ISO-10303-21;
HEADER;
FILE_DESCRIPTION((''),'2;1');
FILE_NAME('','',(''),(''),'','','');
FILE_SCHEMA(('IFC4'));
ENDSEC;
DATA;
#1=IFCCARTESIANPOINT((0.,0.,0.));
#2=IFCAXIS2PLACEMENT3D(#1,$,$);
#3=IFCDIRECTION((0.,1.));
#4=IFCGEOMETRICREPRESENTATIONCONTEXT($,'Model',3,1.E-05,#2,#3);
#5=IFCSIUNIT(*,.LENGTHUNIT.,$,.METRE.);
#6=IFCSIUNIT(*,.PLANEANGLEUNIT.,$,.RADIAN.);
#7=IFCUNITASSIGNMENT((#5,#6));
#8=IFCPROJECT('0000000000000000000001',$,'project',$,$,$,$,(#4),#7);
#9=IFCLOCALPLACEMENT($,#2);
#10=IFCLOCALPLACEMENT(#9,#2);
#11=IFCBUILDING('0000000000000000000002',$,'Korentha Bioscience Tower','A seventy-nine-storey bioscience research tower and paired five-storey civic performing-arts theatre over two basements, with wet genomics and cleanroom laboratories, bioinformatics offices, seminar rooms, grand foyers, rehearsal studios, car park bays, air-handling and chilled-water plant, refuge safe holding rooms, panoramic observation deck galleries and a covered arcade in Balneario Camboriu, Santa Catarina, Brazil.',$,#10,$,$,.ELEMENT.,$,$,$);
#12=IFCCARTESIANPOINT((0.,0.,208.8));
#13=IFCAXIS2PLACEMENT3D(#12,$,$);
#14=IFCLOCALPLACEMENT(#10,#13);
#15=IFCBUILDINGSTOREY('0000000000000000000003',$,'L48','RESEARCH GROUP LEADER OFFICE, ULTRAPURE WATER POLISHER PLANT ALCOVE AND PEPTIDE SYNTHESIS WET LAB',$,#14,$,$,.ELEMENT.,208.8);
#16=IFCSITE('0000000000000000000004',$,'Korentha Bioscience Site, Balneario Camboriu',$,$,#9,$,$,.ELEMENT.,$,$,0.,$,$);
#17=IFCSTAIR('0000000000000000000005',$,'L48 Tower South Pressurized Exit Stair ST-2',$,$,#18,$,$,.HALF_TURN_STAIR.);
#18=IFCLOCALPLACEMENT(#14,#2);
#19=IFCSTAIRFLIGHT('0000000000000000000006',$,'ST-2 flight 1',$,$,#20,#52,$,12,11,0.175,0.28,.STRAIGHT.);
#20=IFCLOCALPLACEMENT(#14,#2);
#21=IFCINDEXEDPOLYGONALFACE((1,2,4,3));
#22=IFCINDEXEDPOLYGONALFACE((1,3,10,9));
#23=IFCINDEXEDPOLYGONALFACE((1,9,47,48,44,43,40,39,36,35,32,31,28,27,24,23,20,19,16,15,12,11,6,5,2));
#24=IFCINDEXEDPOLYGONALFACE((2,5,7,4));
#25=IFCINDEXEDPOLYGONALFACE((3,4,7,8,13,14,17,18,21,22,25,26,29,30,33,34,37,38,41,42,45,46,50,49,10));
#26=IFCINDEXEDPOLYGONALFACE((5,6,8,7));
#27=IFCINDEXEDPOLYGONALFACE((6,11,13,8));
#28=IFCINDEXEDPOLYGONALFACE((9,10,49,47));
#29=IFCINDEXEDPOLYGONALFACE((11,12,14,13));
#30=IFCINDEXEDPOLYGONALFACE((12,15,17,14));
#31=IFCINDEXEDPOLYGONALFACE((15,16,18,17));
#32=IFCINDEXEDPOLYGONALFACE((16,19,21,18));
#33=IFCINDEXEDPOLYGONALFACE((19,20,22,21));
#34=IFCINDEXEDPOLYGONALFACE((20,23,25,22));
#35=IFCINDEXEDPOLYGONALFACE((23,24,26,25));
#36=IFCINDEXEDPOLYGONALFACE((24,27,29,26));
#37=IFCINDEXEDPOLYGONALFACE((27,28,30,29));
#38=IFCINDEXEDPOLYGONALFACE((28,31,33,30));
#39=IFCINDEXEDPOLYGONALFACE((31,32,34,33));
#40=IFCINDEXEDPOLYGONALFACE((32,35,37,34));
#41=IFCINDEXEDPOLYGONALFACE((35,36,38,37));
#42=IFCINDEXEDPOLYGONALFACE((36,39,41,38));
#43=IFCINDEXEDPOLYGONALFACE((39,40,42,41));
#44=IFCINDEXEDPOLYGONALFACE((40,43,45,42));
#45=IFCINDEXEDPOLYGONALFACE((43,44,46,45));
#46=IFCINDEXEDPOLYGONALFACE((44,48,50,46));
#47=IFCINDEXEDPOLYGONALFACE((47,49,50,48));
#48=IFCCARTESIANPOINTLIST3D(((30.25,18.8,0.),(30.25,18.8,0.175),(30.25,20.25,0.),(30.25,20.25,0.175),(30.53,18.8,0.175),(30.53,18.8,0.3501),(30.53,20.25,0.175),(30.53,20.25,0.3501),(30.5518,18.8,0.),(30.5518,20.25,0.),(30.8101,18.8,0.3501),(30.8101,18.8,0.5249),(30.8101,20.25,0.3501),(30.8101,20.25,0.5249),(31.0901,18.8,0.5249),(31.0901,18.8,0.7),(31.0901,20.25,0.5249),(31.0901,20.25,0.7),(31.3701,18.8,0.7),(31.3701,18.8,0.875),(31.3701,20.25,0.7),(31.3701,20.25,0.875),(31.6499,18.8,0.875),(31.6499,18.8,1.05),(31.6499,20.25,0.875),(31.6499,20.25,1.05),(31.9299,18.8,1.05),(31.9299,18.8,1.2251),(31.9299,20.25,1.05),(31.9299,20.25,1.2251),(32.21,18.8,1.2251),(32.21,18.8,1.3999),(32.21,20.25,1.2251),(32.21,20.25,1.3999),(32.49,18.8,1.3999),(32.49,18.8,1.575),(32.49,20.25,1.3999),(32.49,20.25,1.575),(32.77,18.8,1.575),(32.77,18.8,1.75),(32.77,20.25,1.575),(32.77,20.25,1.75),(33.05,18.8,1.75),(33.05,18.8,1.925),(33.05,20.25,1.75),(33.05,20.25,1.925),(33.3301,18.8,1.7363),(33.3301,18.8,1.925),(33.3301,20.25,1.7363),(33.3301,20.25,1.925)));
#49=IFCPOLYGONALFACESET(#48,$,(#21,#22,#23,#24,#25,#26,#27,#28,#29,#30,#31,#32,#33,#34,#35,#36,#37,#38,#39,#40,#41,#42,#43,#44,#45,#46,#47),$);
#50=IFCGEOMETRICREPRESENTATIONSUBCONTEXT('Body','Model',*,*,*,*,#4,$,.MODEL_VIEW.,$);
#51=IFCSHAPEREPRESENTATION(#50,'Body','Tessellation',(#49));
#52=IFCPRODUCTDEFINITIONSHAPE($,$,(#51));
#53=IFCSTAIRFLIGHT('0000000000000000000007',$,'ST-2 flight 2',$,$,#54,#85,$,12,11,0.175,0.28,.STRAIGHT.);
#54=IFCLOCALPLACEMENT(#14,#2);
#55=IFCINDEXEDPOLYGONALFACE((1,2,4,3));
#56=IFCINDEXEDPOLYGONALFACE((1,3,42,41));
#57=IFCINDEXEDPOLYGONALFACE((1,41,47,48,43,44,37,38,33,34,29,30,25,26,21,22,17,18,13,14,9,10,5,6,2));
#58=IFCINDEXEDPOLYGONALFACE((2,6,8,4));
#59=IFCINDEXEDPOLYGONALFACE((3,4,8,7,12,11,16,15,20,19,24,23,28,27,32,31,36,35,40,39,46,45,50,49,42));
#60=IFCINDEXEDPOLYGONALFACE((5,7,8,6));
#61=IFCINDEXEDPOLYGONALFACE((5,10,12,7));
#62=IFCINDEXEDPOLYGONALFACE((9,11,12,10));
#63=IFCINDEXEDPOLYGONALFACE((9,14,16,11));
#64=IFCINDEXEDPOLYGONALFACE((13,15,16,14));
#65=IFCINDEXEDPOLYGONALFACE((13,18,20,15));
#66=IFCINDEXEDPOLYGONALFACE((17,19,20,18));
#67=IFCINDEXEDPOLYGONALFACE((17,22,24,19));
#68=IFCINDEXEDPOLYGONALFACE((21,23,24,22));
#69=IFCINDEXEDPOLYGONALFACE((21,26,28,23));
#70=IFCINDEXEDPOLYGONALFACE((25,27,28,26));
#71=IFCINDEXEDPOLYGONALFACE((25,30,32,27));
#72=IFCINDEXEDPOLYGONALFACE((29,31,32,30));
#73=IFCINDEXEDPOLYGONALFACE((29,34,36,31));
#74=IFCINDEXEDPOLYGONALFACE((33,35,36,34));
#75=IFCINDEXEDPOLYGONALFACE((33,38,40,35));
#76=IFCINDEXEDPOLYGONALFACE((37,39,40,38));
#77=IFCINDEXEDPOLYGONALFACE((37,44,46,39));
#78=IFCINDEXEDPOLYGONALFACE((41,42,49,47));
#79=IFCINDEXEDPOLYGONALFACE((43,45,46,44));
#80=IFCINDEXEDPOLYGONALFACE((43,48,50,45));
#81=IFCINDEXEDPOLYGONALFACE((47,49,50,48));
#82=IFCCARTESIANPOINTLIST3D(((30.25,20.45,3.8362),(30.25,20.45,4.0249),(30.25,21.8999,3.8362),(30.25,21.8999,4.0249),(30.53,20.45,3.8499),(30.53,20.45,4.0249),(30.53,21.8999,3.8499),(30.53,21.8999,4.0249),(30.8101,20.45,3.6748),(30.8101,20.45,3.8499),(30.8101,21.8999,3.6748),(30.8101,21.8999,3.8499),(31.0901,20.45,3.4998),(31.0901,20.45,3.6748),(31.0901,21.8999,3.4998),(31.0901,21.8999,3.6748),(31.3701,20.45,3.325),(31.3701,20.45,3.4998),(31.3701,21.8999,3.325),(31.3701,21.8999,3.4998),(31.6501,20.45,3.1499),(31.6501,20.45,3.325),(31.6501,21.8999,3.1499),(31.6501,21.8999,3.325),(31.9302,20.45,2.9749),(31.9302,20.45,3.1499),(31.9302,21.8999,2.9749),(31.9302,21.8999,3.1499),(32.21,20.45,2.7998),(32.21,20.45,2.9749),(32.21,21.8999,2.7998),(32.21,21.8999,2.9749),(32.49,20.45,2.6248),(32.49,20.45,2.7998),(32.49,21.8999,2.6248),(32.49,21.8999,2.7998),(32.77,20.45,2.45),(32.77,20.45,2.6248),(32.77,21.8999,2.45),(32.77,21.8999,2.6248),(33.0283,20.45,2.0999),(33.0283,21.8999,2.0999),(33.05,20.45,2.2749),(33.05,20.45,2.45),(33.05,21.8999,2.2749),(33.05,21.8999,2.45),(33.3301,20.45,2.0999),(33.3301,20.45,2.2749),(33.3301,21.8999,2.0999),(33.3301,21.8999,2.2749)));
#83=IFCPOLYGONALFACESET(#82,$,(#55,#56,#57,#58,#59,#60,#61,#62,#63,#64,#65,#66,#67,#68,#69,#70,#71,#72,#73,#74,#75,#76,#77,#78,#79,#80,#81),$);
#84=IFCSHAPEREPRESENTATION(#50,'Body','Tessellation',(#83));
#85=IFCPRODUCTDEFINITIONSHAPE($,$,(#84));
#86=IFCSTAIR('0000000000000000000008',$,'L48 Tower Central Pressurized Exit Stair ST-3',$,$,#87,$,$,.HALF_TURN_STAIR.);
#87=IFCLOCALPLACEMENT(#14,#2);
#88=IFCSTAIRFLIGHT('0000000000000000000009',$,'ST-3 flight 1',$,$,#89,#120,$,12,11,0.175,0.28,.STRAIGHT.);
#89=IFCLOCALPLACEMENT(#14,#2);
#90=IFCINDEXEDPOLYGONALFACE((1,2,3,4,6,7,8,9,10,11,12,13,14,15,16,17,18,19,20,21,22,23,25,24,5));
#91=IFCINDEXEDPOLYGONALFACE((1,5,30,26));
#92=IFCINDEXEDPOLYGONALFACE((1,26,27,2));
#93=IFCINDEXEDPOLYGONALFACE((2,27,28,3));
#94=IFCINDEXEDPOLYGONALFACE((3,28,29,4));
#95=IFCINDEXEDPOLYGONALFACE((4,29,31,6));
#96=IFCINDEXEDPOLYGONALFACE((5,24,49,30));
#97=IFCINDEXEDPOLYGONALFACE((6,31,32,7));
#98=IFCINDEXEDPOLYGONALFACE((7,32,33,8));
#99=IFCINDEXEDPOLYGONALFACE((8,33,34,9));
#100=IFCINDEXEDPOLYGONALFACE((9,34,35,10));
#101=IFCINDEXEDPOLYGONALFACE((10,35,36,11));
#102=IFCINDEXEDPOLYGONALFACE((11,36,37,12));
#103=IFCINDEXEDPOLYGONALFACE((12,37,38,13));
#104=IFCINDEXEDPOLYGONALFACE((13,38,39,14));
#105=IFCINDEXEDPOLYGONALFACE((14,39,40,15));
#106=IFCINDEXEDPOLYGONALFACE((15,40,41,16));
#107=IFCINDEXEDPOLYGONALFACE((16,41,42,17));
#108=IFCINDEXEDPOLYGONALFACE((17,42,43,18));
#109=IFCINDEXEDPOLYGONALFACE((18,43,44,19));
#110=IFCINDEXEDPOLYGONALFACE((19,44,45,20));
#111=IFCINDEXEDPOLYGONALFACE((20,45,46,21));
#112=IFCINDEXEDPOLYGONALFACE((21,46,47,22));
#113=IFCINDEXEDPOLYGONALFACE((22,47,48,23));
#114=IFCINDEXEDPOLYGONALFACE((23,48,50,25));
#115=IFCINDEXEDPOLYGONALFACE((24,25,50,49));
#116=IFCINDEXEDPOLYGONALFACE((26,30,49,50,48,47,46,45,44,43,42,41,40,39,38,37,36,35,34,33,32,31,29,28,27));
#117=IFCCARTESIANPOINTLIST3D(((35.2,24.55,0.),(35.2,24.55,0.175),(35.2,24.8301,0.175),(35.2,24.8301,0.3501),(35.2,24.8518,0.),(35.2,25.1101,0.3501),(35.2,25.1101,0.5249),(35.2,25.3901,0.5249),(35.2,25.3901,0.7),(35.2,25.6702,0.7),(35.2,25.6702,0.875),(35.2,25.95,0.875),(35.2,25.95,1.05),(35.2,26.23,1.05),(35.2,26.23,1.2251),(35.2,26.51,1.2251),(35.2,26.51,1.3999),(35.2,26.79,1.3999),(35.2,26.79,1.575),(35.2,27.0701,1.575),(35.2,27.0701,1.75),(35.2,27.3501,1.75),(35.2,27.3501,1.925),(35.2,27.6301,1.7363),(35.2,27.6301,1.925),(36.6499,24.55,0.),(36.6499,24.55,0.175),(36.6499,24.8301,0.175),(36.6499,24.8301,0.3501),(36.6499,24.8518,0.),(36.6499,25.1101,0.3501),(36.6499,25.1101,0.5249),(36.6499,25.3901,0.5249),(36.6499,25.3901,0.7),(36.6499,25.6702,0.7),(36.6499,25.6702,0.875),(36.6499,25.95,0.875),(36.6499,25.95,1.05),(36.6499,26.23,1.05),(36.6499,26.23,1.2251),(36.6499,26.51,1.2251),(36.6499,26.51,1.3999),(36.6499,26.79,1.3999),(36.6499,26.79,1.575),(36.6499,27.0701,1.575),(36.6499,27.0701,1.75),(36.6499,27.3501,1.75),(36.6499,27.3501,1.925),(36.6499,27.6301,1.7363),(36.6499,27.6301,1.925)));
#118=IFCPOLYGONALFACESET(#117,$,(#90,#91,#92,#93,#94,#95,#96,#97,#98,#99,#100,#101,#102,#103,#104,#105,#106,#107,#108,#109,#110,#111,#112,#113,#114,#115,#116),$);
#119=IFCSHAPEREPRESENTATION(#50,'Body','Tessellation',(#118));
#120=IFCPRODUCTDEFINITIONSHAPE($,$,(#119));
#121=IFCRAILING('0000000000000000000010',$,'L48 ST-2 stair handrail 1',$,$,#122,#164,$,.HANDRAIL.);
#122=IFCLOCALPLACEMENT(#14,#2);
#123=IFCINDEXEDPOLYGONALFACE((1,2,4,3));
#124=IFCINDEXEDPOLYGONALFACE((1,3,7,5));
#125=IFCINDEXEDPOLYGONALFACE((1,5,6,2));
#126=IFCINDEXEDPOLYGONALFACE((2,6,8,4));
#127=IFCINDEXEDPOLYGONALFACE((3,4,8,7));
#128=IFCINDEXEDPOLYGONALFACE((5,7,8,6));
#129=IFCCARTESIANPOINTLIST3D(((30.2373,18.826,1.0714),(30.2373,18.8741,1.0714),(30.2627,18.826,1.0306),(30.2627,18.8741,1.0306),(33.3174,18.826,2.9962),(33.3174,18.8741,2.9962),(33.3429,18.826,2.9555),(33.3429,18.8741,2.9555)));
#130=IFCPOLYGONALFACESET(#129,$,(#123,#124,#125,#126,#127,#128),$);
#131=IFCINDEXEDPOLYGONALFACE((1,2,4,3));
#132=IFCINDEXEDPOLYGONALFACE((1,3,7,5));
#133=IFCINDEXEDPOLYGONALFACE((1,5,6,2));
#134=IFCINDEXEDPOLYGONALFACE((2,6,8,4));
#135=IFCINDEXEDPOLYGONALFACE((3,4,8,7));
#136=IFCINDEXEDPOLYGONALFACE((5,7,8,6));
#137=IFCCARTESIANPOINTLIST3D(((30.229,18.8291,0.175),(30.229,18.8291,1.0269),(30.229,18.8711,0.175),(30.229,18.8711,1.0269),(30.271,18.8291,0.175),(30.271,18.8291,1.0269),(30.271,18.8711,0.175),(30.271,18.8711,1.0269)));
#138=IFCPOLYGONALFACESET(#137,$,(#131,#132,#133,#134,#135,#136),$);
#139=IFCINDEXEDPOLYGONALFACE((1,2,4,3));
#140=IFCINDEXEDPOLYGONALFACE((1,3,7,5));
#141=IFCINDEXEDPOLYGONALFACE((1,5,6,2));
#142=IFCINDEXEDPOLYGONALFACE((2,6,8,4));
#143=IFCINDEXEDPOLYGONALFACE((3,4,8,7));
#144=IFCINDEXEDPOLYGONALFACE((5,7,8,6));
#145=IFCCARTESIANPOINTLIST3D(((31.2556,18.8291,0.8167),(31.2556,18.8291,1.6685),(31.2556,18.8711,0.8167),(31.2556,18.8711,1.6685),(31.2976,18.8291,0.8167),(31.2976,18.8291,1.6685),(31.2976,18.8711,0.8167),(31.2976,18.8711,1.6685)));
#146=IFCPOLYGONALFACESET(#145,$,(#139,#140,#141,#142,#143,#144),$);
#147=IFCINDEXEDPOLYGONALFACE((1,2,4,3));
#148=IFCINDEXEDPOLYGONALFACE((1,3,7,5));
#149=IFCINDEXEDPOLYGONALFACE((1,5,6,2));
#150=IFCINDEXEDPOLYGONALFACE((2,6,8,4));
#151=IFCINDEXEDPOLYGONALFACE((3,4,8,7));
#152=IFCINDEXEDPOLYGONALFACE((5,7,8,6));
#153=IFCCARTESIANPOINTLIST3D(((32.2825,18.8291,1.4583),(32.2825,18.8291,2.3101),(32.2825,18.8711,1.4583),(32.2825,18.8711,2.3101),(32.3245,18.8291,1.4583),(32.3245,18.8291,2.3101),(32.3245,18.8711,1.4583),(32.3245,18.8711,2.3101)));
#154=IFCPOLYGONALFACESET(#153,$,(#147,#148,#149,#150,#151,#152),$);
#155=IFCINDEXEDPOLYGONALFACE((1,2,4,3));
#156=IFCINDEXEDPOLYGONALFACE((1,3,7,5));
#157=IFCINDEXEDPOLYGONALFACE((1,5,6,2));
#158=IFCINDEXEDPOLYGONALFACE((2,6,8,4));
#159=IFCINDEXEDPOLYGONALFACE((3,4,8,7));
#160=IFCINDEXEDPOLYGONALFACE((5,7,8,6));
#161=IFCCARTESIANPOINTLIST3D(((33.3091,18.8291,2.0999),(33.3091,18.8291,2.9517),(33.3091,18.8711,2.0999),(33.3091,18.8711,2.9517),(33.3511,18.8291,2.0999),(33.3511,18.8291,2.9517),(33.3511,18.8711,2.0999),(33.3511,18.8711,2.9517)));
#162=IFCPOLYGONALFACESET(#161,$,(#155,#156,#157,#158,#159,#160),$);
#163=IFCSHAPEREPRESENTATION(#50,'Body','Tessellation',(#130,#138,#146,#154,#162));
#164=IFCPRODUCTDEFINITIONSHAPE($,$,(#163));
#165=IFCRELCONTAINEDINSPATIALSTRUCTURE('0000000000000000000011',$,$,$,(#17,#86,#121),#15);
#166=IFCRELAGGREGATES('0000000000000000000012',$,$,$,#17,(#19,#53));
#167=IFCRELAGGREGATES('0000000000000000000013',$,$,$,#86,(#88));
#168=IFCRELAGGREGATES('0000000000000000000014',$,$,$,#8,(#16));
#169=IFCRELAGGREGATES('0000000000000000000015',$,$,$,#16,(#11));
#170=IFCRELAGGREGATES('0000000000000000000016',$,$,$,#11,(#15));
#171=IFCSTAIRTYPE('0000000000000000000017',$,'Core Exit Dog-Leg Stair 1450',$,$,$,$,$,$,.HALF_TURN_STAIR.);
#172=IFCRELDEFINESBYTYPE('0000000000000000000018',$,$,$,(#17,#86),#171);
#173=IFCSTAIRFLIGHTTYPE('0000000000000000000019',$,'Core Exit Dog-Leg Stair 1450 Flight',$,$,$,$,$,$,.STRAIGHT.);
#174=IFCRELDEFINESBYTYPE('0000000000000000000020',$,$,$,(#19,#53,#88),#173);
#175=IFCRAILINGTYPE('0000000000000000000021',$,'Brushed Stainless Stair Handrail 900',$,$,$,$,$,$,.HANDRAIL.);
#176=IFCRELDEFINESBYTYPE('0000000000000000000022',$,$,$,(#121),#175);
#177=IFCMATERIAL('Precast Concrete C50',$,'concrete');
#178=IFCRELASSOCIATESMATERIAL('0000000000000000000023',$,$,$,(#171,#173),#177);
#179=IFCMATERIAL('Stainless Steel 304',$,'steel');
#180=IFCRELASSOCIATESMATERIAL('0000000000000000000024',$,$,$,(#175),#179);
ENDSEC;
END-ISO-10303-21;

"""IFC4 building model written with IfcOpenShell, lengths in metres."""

from ifc_helpers import new_model, si_unit, direction, frame, origin, origin_2d, place, context, subcontext, project, spatial, polyline, rectangle, outline, extrude, material, type_object, element, aggregate, save


model = new_model("IFC4")

# Units and contexts
model_context = context("Model", 3, precision=1e-05, world=origin(), true_north=direction((0.0, 1.0)))
body_context = subcontext(model_context, "Body", "Model", "MODEL_VIEW")
ifc_project = project(units=[si_unit("LENGTHUNIT", "METRE"), si_unit("PLANEANGLEUNIT", "RADIAN")], contexts=[model_context])

# Site, building, storey
site_placement = place(None, origin())
site = spatial("IfcSite", under=ifc_project, at=site_placement, Name="Korentha Bioscience Site, Balneario Camboriu", CompositionType="ELEMENT", RefElevation=0.0)
building_placement = place(site_placement, origin())
building = spatial("IfcBuilding", under=site, at=building_placement, Name="Korentha Bioscience Tower", Description="A seventy-nine-storey bioscience research tower and paired five-storey civic performing-arts theatre over two basements, with wet genomics and cleanroom laboratories, bioinformatics offices, seminar rooms, grand foyers, rehearsal studios, car park bays, air-handling and chilled-water plant, refuge safe holding rooms, panoramic observation deck galleries and a covered arcade in Balneario Camboriu, Santa Catarina, Brazil.", CompositionType="ELEMENT")
storey_placement = place(building_placement, frame((0.0, 0.0, 208.8)))
storey = spatial("IfcBuildingStorey", under=building, at=storey_placement, Name="L48", Description="RESEARCH GROUP LEADER OFFICE, ULTRAPURE WATER POLISHER PLANT ALCOVE AND PEPTIDE SYNTHESIS WET LAB", CompositionType="ELEMENT", Elevation=208.8)

# Stair, stair flights
ifc_material_1 = material(Name="Precast Concrete C50", Category="concrete")
stair_type = type_object("IfcStairType", Name="Core Exit Dog-Leg Stair 1450", PredefinedType="HALF_TURN_STAIR", material=ifc_material_1)
stair_1_placement = place(storey_placement, origin())
stair_1 = element("IfcStair", 1, at=stair_1_placement, inside=storey, type_object=stair_type, Name="L48 Tower South Pressurized Exit Stair ST-2", PredefinedType="HALF_TURN_STAIR")
stair_flight_type = type_object("IfcStairFlightType", Name="Core Exit Dog-Leg Stair 1450 Flight", PredefinedType="STRAIGHT", material=ifc_material_1)
stair_flight_1_placement = place(storey_placement, frame((30.25, 19.5249, 0.0), z_axis=(0.0, 0.0, 1.0), x_axis=(1.0, 0.0, 0.0)))
stair_flight_1 = element("IfcStairFlight", 2, at=stair_flight_1_placement, type_object=stair_flight_type, Name="ST-2 flight 1", NumberOfRisers=12, NumberOfTreads=11, PredefinedType="STRAIGHT", RiserHeight=0.175, TreadLength=0.28, context=body_context, shape_type="SweptSolid", body=[
    extrude(outline(polyline([(0.0, 0.0), (0.0, 0.175), (0.28, 0.175), (0.28, 0.3501), (0.5601, 0.3501), (0.5601, 0.5249), (0.8401, 0.5249), (0.8401, 0.7), (1.1201, 0.7), (1.1201, 0.875), (1.3999, 0.875), (1.3999, 1.05), (1.6799, 1.05), (1.6799, 1.2251), (1.96, 1.2251), (1.96, 1.3999), (2.24, 1.3999), (2.24, 1.575), (2.52, 1.575), (2.52, 1.75), (2.8, 1.75), (2.8, 1.925), (3.0801, 1.925), (3.0801, 2.1001), (3.0801, 1.7363), (0.3018, 0.0), (0.0, 0.0)])), frame((0.0, 0.7251, 0.0), z_axis=(0.0, -1.0, 0.0), x_axis=(1.0, 0.0, 0.0)), (0.0, 0.0, 1.0), 1.45),
])
stair_flight_2_placement = place(storey_placement, frame((33.3301, 21.175, 2.0999), z_axis=(0.0, 0.0, 1.0), x_axis=(-1.0, 0.0, 0.0)))
stair_flight_2 = element("IfcStairFlight", 3, at=stair_flight_2_placement, type_object=stair_flight_type, Name="ST-2 flight 2", NumberOfRisers=12, NumberOfTreads=11, PredefinedType="STRAIGHT", RiserHeight=0.175, TreadLength=0.28, context=body_context, shape_type="SweptSolid", body=[
    extrude(outline(polyline([(0.0, 0.0), (0.0, 0.175), (0.28, 0.175), (0.28, 0.3501), (0.5601, 0.3501), (0.5601, 0.5249), (0.8401, 0.5249), (0.8401, 0.7), (1.1201, 0.7), (1.1201, 0.875), (1.3999, 0.875), (1.3999, 1.05), (1.6799, 1.05), (1.6799, 1.2251), (1.96, 1.2251), (1.96, 1.3999), (2.24, 1.3999), (2.24, 1.575), (2.52, 1.575), (2.52, 1.75), (2.8, 1.75), (2.8, 1.925), (3.0801, 1.925), (3.0801, 2.1001), (3.0801, 1.7363), (0.3018, 0.0), (0.0, 0.0)])), frame((0.0, 0.7251, 0.0), z_axis=(0.0, -1.0, 0.0), x_axis=(1.0, 0.0, 0.0)), (0.0, 0.0, 1.0), 1.45),
])
aggregate(stair_1, [stair_flight_1, stair_flight_2])

# Stair, stair flight
stair_2_placement = place(storey_placement, origin())
stair_2 = element("IfcStair", 4, at=stair_2_placement, inside=storey, type_object=stair_type, Name="L48 Tower Central Pressurized Exit Stair ST-3", PredefinedType="HALF_TURN_STAIR")
stair_flight_3_placement = place(storey_placement, frame((35.925, 24.55, 0.0), z_axis=(0.0, 0.0, 1.0), x_axis=(0.0, 1.0, 0.0)))
stair_flight_3 = element("IfcStairFlight", 5, at=stair_flight_3_placement, type_object=stair_flight_type, Name="ST-3 flight 1", NumberOfRisers=12, NumberOfTreads=11, PredefinedType="STRAIGHT", RiserHeight=0.175, TreadLength=0.28, context=body_context, shape_type="SweptSolid", body=[
    extrude(outline(polyline([(0.0, 0.0), (0.0, 0.175), (0.28, 0.175), (0.28, 0.3501), (0.5601, 0.3501), (0.5601, 0.5249), (0.8401, 0.5249), (0.8401, 0.7), (1.1201, 0.7), (1.1201, 0.875), (1.3999, 0.875), (1.3999, 1.05), (1.6799, 1.05), (1.6799, 1.2251), (1.96, 1.2251), (1.96, 1.3999), (2.24, 1.3999), (2.24, 1.575), (2.52, 1.575), (2.52, 1.75), (2.8, 1.75), (2.8, 1.925), (3.0801, 1.925), (3.0801, 2.1001), (3.0801, 1.7363), (0.3018, 0.0), (0.0, 0.0)])), frame((0.0, 0.7251, 0.0), z_axis=(0.0, -1.0, 0.0), x_axis=(1.0, 0.0, 0.0)), (0.0, 0.0, 1.0), 1.45),
])
aggregate(stair_2, [stair_flight_3])

# Railing
ifc_material_2 = material(Name="Stainless Steel 304", Category="steel")
railing_type_1 = type_object("IfcRailingType", Name="Brushed Stainless Stair Handrail 900", PredefinedType="HANDRAIL", material=ifc_material_2)
railing_1_placement = place(storey_placement, frame((30.25, 18.8501, 0.175)))
element("IfcRailing", 6, at=railing_1_placement, inside=storey, type_object=railing_type_1, Name="L48 ST-2 stair handrail 1", PredefinedType="HANDRAIL", context=body_context, shape_type="SweptSolid", body=[
    extrude(rectangle(XDim=0.0481, YDim=0.0481, at=origin_2d()), frame((0.0, 0.0, 0.876), z_axis=(0.848029, 0.0, 0.529951), x_axis=(0.0, 1.0, 0.0)), (0.0, 0.0, 1.0), 3.6321),
    extrude(rectangle(XDim=0.042, YDim=0.042, at=origin_2d()), origin(), (0.0, 0.0, 1.0), 0.8518),
    extrude(rectangle(XDim=0.042, YDim=0.042, at=origin_2d()), frame((1.0266, 0.0, 0.6416)), (0.0, 0.0, 1.0), 0.8518),
    extrude(rectangle(XDim=0.042, YDim=0.042, at=origin_2d()), frame((2.0535, 0.0, 1.2832)), (0.0, 0.0, 1.0), 0.8518),
    extrude(rectangle(XDim=0.042, YDim=0.042, at=origin_2d()), frame((3.0801, 0.0, 1.9248)), (0.0, 0.0, 1.0), 0.8518),
])

save(model, "model.ifc")
